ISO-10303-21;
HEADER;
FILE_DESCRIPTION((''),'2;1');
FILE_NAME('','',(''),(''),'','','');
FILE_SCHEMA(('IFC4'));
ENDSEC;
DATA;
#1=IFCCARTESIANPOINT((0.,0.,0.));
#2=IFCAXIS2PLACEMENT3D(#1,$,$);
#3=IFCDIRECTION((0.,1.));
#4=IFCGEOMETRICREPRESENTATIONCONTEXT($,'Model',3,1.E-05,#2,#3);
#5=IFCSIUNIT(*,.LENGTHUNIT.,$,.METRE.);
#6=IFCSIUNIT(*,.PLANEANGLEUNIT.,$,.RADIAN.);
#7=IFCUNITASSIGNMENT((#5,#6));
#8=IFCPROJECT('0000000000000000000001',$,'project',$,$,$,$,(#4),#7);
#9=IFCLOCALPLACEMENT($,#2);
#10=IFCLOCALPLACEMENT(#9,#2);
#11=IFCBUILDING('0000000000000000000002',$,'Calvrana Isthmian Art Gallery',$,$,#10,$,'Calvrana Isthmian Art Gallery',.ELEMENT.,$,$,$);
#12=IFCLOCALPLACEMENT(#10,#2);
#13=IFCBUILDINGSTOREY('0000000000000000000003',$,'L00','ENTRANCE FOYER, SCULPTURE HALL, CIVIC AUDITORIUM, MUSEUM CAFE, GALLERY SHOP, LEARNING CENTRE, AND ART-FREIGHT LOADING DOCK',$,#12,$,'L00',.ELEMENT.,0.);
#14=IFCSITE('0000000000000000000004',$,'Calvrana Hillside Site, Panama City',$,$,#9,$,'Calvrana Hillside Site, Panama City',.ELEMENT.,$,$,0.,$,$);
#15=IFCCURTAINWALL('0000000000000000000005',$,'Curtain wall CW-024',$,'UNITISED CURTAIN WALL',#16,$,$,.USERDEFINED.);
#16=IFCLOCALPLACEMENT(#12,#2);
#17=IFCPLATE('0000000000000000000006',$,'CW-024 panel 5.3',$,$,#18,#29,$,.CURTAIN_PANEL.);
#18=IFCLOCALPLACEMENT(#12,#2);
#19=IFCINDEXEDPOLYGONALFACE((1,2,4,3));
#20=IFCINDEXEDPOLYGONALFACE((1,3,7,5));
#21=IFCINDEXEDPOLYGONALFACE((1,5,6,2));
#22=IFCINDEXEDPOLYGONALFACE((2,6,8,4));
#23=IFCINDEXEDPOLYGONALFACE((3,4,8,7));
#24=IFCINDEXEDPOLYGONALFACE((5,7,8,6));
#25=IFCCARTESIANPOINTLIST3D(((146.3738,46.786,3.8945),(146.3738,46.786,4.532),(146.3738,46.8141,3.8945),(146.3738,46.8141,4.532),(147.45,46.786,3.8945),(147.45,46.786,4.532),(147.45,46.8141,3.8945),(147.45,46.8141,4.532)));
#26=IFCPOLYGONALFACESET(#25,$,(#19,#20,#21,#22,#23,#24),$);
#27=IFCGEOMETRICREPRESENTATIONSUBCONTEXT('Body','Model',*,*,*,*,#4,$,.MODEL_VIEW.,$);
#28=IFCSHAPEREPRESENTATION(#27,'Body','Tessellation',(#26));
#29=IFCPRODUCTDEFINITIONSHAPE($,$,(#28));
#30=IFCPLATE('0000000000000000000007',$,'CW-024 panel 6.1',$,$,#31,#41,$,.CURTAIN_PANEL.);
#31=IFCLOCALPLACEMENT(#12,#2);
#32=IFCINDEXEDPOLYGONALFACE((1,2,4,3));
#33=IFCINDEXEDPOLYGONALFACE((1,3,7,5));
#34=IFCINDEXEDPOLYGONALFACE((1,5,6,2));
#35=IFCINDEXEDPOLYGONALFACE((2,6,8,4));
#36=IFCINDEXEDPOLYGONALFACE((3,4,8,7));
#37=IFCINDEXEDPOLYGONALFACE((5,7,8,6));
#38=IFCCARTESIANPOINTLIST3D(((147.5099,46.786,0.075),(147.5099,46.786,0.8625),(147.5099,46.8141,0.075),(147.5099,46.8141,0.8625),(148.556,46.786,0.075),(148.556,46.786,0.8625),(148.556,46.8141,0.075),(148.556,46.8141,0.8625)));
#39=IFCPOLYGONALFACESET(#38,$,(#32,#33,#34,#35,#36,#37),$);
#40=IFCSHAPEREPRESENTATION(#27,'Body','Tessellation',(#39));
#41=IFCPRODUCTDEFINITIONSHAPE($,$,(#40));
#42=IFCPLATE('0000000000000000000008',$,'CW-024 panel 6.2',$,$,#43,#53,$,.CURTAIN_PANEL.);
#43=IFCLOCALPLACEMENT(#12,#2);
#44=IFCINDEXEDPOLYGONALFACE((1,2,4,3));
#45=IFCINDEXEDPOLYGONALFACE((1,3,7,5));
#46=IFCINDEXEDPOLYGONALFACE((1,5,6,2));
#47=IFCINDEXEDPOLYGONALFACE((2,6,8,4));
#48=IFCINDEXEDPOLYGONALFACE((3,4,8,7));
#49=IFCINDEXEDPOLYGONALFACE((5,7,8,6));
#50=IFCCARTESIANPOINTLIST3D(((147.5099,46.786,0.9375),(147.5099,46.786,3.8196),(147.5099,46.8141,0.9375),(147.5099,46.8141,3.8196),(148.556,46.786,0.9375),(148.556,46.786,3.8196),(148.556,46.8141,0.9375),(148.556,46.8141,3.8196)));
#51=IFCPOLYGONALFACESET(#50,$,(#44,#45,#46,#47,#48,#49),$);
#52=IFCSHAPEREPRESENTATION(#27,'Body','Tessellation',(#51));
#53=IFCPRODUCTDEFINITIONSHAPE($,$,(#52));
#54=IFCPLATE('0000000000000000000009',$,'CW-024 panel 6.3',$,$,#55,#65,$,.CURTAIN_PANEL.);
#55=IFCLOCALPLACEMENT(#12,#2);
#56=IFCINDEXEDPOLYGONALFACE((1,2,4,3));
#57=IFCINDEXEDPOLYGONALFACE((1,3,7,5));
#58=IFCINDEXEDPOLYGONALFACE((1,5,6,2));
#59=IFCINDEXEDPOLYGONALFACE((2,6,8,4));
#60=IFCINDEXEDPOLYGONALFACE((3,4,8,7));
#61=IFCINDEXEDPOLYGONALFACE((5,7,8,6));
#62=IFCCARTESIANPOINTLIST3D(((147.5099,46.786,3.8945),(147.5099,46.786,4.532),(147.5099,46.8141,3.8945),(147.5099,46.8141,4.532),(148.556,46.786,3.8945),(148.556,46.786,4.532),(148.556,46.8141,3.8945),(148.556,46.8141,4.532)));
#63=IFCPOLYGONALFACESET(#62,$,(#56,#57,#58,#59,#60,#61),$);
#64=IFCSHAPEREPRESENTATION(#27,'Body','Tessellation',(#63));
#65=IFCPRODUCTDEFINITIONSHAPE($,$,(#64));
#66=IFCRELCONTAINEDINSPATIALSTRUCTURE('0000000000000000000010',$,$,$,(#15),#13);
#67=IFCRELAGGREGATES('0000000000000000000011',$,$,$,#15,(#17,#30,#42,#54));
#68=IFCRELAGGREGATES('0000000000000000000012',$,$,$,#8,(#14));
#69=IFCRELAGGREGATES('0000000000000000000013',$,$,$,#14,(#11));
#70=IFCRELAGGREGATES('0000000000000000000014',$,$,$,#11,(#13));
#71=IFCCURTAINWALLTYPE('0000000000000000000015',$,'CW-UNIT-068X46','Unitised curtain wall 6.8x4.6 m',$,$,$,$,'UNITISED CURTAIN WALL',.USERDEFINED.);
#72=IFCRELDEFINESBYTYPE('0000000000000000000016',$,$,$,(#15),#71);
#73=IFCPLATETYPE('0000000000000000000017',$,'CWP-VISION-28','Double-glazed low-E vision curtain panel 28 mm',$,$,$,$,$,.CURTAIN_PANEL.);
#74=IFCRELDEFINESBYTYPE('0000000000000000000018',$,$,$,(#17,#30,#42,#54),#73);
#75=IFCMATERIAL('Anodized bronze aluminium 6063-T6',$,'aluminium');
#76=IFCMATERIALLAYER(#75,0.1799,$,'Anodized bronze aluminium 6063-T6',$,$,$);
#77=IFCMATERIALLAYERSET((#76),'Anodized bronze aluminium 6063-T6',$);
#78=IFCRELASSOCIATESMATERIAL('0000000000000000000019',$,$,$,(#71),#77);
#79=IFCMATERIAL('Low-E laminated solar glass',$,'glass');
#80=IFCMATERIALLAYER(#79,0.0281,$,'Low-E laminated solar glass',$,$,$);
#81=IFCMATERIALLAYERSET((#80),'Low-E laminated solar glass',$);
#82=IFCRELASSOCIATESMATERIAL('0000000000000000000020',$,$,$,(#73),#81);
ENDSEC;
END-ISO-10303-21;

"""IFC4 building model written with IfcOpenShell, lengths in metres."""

from ifc_helpers import new_model, si_unit, direction, frame, origin, origin_2d, place, context, subcontext, project, spatial, rectangle, extrude, material, layer, layer_set, type_object, element, aggregate, save


model = new_model("IFC4")

# Units and contexts
model_context = context("Model", 3, precision=1e-05, world=origin(), true_north=direction((0.0, 1.0)))
body_context = subcontext(model_context, "Body", "Model", "MODEL_VIEW")
ifc_project = project(units=[si_unit("LENGTHUNIT", "METRE"), si_unit("PLANEANGLEUNIT", "RADIAN")], contexts=[model_context])

# Site, building, storey
site_placement = place(None, origin())
site = spatial("IfcSite", under=ifc_project, at=site_placement, Name="Calvrana Hillside Site, Panama City", LongName="Calvrana Hillside Site, Panama City", CompositionType="ELEMENT", RefElevation=0.0)
building_placement = place(site_placement, origin())
building = spatial("IfcBuilding", under=site, at=building_placement, Name="Calvrana Isthmian Art Gallery", LongName="Calvrana Isthmian Art Gallery", CompositionType="ELEMENT")
storey_placement = place(building_placement, origin())
storey = spatial("IfcBuildingStorey", under=building, at=storey_placement, Name="L00", Description="ENTRANCE FOYER, SCULPTURE HALL, CIVIC AUDITORIUM, MUSEUM CAFE, GALLERY SHOP, LEARNING CENTRE, AND ART-FREIGHT LOADING DOCK", LongName="L00", CompositionType="ELEMENT", Elevation=0.0)

# Curtain wall, plates
ifc_material_1 = material(Name="Anodized bronze aluminium 6063-T6", Category="aluminium")
ifc_layer_1 = layer(ifc_material_1, 0.1799, Name="Anodized bronze aluminium 6063-T6")
ifc_layer_set_1 = layer_set([ifc_layer_1], Name="Anodized bronze aluminium 6063-T6")
curtain_wall_type = type_object("IfcCurtainWallType", Name="CW-UNIT-068X46", Description="Unitised curtain wall 6.8x4.6 m", ElementType="UNITISED CURTAIN WALL", PredefinedType="USERDEFINED", material=ifc_layer_set_1)
curtain_wall_placement = place(storey_placement, origin())
curtain_wall = element("IfcCurtainWall", 1, at=curtain_wall_placement, inside=storey, type_object=curtain_wall_type, Name="Curtain wall CW-024", ObjectType="UNITISED CURTAIN WALL", PredefinedType="USERDEFINED")
ifc_material_2 = material(Name="Low-E laminated solar glass", Category="glass")
ifc_layer_2 = layer(ifc_material_2, 0.0281, Name="Low-E laminated solar glass")
ifc_layer_set_2 = layer_set([ifc_layer_2], Name="Low-E laminated solar glass")
plate_type = type_object("IfcPlateType", Name="CWP-VISION-28", Description="Double-glazed low-E vision curtain panel 28 mm", PredefinedType="CURTAIN_PANEL", material=ifc_layer_set_2)
plate_1_placement = place(storey_placement, frame((146.9119, 46.8, 3.8945), z_axis=(0.0, 0.0, 1.0), x_axis=(1.0, 0.0, 0.0)))
plate_1 = element("IfcPlate", 2, at=plate_1_placement, type_object=plate_type, Name="CW-024 panel 5.3", PredefinedType="CURTAIN_PANEL", context=body_context, shape_type="SweptSolid", body=[
    extrude(rectangle(XDim=1.0762, YDim=0.0281, at=origin_2d()), origin(), (0.0, 0.0, 1.0), 0.6375),
])
plate_2_placement = place(storey_placement, frame((148.033, 46.8, 0.075), z_axis=(0.0, 0.0, 1.0), x_axis=(1.0, 0.0, 0.0)))
plate_2 = element("IfcPlate", 3, at=plate_2_placement, type_object=plate_type, Name="CW-024 panel 6.1", PredefinedType="CURTAIN_PANEL", context=body_context, shape_type="SweptSolid", body=[
    extrude(rectangle(XDim=1.0461, YDim=0.0281, at=origin_2d()), origin(), (0.0, 0.0, 1.0), 0.7876),
])
plate_3_placement = place(storey_placement, frame((148.033, 46.8, 0.9375), z_axis=(0.0, 0.0, 1.0), x_axis=(1.0, 0.0, 0.0)))
plate_3 = element("IfcPlate", 4, at=plate_3_placement, type_object=plate_type, Name="CW-024 panel 6.2", PredefinedType="CURTAIN_PANEL", context=body_context, shape_type="SweptSolid", body=[
    extrude(rectangle(XDim=1.0461, YDim=0.0281, at=origin_2d()), origin(), (0.0, 0.0, 1.0), 2.8821),
])
plate_4_placement = place(storey_placement, frame((148.033, 46.8, 3.8945), z_axis=(0.0, 0.0, 1.0), x_axis=(1.0, 0.0, 0.0)))
plate_4 = element("IfcPlate", 5, at=plate_4_placement, type_object=plate_type, Name="CW-024 panel 6.3", PredefinedType="CURTAIN_PANEL", context=body_context, shape_type="SweptSolid", body=[
    extrude(rectangle(XDim=1.0461, YDim=0.0281, at=origin_2d()), origin(), (0.0, 0.0, 1.0), 0.6375),
])
aggregate(curtain_wall, [plate_1, plate_2, plate_3, plate_4])

save(model, "model.ifc")
